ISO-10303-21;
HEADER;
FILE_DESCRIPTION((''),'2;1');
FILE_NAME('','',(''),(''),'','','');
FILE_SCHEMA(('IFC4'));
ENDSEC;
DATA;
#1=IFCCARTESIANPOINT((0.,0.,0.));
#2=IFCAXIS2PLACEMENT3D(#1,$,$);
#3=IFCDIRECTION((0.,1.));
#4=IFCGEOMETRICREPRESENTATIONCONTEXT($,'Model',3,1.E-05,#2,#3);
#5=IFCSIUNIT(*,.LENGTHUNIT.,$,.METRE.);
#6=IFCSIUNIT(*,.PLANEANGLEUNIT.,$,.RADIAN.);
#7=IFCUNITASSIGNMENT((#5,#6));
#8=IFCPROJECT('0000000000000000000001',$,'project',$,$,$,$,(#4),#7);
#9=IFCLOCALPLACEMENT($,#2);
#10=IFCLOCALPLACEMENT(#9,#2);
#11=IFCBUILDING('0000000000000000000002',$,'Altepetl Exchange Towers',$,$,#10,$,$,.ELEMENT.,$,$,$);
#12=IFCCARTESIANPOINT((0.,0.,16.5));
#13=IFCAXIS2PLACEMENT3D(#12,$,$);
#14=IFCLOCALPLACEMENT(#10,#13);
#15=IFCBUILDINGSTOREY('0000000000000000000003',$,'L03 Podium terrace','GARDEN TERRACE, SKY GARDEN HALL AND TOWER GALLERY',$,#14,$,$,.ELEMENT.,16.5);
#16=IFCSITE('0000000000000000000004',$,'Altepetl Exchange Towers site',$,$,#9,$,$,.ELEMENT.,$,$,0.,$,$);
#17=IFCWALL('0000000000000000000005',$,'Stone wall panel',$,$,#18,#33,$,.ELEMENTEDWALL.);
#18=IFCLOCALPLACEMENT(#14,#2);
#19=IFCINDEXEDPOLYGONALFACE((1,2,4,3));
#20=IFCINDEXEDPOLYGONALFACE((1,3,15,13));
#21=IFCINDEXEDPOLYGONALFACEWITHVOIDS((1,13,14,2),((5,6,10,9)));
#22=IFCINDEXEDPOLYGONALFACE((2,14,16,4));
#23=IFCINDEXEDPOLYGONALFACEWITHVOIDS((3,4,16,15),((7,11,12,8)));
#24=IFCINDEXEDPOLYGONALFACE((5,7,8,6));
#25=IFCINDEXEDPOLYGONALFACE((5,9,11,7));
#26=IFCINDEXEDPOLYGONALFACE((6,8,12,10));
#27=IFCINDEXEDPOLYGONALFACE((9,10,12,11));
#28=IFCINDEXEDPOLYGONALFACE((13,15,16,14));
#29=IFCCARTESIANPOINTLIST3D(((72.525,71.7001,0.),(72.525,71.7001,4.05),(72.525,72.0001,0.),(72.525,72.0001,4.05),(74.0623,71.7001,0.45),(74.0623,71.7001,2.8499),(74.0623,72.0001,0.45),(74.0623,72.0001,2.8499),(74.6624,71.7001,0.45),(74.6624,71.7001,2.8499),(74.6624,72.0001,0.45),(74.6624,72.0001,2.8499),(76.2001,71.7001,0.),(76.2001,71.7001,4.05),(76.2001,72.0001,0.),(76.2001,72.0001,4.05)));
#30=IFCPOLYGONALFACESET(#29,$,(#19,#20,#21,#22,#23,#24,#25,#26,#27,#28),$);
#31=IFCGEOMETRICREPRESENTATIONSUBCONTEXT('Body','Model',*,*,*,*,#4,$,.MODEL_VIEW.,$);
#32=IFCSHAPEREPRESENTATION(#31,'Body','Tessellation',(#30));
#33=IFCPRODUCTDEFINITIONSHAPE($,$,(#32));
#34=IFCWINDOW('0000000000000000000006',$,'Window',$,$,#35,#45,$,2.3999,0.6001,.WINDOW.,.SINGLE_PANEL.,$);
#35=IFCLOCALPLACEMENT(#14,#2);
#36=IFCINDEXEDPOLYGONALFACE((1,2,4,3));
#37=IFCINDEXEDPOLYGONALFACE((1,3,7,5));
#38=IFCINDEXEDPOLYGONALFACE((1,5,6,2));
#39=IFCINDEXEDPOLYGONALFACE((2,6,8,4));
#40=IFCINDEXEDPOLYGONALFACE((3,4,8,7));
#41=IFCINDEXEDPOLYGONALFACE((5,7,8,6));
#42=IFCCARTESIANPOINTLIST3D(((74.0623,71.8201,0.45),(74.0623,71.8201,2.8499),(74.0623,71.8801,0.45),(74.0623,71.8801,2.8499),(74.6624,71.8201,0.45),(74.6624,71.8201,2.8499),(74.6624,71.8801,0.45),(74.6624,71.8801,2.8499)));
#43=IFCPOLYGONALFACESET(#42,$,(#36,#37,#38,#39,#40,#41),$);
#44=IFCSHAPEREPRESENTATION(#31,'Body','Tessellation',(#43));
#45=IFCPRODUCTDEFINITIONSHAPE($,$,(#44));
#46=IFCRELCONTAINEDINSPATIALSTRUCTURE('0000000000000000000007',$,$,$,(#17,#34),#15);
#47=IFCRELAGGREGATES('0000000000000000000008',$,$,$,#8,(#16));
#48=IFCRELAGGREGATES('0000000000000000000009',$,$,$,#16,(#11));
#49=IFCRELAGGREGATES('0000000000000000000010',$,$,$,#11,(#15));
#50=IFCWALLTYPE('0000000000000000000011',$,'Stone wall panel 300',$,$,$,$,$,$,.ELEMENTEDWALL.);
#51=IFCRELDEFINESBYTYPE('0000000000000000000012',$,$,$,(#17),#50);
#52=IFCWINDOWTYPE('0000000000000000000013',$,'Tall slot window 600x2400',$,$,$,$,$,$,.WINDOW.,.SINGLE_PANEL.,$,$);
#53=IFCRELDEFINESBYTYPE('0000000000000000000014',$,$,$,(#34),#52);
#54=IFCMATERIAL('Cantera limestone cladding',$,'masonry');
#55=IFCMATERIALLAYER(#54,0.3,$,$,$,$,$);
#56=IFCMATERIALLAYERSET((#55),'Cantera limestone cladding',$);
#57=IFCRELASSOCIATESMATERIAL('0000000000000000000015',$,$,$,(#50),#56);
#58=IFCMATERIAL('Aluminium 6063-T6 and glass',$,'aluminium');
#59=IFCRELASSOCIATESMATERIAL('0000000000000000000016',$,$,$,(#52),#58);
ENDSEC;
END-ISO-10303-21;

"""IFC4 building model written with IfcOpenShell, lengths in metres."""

from ifc_helpers import new_model, si_unit, direction, frame, frame_2d, origin, place, context, subcontext, project, spatial, rectangle, extrude, material, layer, layer_set, type_object, element, fill, save


model = new_model("IFC4")

# Units and contexts
model_context = context("Model", 3, precision=1e-05, world=origin(), true_north=direction((0.0, 1.0)))
body_context = subcontext(model_context, "Body", "Model", "MODEL_VIEW")
ifc_project = project(units=[si_unit("LENGTHUNIT", "METRE"), si_unit("PLANEANGLEUNIT", "RADIAN")], contexts=[model_context])

# Site, building, storey
site_placement = place(None, origin())
site = spatial("IfcSite", under=ifc_project, at=site_placement, Name="Altepetl Exchange Towers site", CompositionType="ELEMENT", RefElevation=0.0)
building_placement = place(site_placement, origin())
building = spatial("IfcBuilding", under=site, at=building_placement, Name="Altepetl Exchange Towers", CompositionType="ELEMENT")
storey_placement = place(building_placement, frame((0.0, 0.0, 16.5)))
storey = spatial("IfcBuildingStorey", under=building, at=storey_placement, Name="L03 Podium terrace", Description="GARDEN TERRACE, SKY GARDEN HALL AND TOWER GALLERY", CompositionType="ELEMENT", Elevation=16.5)

# Shared definitions
ifc_material_1 = material(Name="Aluminium 6063-T6 and glass", Category="aluminium")

# Wall, opening, window
ifc_material_2 = material(Name="Cantera limestone cladding", Category="masonry")
ifc_layer_1 = layer(ifc_material_2, 0.3)
ifc_layer_set_1 = layer_set([ifc_layer_1], Name="Cantera limestone cladding")
wall_type_1 = type_object("IfcWallType", Name="Stone wall panel 300", PredefinedType="ELEMENTEDWALL", material=ifc_layer_set_1)
window_type = type_object("IfcWindowType", Name="Tall slot window 600x2400", PartitioningType="SINGLE_PANEL", PredefinedType="WINDOW", material=ifc_material_1)
wall_1_placement = place(storey_placement, frame((76.2, 71.8501, 0.0), z_axis=(0.0, 0.0, 1.0), x_axis=(-1.0, 0.0, 0.0)))
wall_1 = element("IfcWall", 1, at=wall_1_placement, inside=storey, type_object=wall_type_1, Name="Stone wall panel", PredefinedType="ELEMENTEDWALL", context=body_context, shape_type="SweptSolid", body=[
    extrude(rectangle(XDim=3.675, YDim=0.3, at=frame_2d((1.8374, 0.0))), origin(), (0.0, 0.0, 1.0), 4.05),
])
opening_1_placement = place(wall_1_placement, frame((1.5376, 0.0, 0.45)))
opening_1 = element("IfcOpeningElement", 2, at=opening_1_placement, cuts=wall_1, PredefinedType="OPENING", context=body_context, shape_type="SweptSolid", body=[
    extrude(rectangle(XDim=0.6001, YDim=2.3999, at=frame_2d((0.3, 1.2))), frame((0.0, 0.1602, 0.0), z_axis=(0.0, -1.0, 0.0), x_axis=(1.0, 0.0, 0.0)), (0.0, 0.0, 1.0), 0.3201),
])
window_1_placement = place(opening_1_placement, origin())
window_1 = element("IfcWindow", 3, at=window_1_placement, inside=storey, type_object=window_type, Name="Window", OverallHeight=2.3999, OverallWidth=0.6001, PartitioningType="SINGLE_PANEL", PredefinedType="WINDOW", context=body_context, shape_type="SweptSolid", body=[
    extrude(rectangle(XDim=0.6001, YDim=2.3999, at=frame_2d((0.3, 1.2))), frame((0.0, 0.03, 0.0), z_axis=(0.0, -1.0, 0.0), x_axis=(1.0, 0.0, 0.0)), (0.0, 0.0, 1.0), 0.0601),
])
fill(opening_1, window_1)

save(model, "model.ifc")
